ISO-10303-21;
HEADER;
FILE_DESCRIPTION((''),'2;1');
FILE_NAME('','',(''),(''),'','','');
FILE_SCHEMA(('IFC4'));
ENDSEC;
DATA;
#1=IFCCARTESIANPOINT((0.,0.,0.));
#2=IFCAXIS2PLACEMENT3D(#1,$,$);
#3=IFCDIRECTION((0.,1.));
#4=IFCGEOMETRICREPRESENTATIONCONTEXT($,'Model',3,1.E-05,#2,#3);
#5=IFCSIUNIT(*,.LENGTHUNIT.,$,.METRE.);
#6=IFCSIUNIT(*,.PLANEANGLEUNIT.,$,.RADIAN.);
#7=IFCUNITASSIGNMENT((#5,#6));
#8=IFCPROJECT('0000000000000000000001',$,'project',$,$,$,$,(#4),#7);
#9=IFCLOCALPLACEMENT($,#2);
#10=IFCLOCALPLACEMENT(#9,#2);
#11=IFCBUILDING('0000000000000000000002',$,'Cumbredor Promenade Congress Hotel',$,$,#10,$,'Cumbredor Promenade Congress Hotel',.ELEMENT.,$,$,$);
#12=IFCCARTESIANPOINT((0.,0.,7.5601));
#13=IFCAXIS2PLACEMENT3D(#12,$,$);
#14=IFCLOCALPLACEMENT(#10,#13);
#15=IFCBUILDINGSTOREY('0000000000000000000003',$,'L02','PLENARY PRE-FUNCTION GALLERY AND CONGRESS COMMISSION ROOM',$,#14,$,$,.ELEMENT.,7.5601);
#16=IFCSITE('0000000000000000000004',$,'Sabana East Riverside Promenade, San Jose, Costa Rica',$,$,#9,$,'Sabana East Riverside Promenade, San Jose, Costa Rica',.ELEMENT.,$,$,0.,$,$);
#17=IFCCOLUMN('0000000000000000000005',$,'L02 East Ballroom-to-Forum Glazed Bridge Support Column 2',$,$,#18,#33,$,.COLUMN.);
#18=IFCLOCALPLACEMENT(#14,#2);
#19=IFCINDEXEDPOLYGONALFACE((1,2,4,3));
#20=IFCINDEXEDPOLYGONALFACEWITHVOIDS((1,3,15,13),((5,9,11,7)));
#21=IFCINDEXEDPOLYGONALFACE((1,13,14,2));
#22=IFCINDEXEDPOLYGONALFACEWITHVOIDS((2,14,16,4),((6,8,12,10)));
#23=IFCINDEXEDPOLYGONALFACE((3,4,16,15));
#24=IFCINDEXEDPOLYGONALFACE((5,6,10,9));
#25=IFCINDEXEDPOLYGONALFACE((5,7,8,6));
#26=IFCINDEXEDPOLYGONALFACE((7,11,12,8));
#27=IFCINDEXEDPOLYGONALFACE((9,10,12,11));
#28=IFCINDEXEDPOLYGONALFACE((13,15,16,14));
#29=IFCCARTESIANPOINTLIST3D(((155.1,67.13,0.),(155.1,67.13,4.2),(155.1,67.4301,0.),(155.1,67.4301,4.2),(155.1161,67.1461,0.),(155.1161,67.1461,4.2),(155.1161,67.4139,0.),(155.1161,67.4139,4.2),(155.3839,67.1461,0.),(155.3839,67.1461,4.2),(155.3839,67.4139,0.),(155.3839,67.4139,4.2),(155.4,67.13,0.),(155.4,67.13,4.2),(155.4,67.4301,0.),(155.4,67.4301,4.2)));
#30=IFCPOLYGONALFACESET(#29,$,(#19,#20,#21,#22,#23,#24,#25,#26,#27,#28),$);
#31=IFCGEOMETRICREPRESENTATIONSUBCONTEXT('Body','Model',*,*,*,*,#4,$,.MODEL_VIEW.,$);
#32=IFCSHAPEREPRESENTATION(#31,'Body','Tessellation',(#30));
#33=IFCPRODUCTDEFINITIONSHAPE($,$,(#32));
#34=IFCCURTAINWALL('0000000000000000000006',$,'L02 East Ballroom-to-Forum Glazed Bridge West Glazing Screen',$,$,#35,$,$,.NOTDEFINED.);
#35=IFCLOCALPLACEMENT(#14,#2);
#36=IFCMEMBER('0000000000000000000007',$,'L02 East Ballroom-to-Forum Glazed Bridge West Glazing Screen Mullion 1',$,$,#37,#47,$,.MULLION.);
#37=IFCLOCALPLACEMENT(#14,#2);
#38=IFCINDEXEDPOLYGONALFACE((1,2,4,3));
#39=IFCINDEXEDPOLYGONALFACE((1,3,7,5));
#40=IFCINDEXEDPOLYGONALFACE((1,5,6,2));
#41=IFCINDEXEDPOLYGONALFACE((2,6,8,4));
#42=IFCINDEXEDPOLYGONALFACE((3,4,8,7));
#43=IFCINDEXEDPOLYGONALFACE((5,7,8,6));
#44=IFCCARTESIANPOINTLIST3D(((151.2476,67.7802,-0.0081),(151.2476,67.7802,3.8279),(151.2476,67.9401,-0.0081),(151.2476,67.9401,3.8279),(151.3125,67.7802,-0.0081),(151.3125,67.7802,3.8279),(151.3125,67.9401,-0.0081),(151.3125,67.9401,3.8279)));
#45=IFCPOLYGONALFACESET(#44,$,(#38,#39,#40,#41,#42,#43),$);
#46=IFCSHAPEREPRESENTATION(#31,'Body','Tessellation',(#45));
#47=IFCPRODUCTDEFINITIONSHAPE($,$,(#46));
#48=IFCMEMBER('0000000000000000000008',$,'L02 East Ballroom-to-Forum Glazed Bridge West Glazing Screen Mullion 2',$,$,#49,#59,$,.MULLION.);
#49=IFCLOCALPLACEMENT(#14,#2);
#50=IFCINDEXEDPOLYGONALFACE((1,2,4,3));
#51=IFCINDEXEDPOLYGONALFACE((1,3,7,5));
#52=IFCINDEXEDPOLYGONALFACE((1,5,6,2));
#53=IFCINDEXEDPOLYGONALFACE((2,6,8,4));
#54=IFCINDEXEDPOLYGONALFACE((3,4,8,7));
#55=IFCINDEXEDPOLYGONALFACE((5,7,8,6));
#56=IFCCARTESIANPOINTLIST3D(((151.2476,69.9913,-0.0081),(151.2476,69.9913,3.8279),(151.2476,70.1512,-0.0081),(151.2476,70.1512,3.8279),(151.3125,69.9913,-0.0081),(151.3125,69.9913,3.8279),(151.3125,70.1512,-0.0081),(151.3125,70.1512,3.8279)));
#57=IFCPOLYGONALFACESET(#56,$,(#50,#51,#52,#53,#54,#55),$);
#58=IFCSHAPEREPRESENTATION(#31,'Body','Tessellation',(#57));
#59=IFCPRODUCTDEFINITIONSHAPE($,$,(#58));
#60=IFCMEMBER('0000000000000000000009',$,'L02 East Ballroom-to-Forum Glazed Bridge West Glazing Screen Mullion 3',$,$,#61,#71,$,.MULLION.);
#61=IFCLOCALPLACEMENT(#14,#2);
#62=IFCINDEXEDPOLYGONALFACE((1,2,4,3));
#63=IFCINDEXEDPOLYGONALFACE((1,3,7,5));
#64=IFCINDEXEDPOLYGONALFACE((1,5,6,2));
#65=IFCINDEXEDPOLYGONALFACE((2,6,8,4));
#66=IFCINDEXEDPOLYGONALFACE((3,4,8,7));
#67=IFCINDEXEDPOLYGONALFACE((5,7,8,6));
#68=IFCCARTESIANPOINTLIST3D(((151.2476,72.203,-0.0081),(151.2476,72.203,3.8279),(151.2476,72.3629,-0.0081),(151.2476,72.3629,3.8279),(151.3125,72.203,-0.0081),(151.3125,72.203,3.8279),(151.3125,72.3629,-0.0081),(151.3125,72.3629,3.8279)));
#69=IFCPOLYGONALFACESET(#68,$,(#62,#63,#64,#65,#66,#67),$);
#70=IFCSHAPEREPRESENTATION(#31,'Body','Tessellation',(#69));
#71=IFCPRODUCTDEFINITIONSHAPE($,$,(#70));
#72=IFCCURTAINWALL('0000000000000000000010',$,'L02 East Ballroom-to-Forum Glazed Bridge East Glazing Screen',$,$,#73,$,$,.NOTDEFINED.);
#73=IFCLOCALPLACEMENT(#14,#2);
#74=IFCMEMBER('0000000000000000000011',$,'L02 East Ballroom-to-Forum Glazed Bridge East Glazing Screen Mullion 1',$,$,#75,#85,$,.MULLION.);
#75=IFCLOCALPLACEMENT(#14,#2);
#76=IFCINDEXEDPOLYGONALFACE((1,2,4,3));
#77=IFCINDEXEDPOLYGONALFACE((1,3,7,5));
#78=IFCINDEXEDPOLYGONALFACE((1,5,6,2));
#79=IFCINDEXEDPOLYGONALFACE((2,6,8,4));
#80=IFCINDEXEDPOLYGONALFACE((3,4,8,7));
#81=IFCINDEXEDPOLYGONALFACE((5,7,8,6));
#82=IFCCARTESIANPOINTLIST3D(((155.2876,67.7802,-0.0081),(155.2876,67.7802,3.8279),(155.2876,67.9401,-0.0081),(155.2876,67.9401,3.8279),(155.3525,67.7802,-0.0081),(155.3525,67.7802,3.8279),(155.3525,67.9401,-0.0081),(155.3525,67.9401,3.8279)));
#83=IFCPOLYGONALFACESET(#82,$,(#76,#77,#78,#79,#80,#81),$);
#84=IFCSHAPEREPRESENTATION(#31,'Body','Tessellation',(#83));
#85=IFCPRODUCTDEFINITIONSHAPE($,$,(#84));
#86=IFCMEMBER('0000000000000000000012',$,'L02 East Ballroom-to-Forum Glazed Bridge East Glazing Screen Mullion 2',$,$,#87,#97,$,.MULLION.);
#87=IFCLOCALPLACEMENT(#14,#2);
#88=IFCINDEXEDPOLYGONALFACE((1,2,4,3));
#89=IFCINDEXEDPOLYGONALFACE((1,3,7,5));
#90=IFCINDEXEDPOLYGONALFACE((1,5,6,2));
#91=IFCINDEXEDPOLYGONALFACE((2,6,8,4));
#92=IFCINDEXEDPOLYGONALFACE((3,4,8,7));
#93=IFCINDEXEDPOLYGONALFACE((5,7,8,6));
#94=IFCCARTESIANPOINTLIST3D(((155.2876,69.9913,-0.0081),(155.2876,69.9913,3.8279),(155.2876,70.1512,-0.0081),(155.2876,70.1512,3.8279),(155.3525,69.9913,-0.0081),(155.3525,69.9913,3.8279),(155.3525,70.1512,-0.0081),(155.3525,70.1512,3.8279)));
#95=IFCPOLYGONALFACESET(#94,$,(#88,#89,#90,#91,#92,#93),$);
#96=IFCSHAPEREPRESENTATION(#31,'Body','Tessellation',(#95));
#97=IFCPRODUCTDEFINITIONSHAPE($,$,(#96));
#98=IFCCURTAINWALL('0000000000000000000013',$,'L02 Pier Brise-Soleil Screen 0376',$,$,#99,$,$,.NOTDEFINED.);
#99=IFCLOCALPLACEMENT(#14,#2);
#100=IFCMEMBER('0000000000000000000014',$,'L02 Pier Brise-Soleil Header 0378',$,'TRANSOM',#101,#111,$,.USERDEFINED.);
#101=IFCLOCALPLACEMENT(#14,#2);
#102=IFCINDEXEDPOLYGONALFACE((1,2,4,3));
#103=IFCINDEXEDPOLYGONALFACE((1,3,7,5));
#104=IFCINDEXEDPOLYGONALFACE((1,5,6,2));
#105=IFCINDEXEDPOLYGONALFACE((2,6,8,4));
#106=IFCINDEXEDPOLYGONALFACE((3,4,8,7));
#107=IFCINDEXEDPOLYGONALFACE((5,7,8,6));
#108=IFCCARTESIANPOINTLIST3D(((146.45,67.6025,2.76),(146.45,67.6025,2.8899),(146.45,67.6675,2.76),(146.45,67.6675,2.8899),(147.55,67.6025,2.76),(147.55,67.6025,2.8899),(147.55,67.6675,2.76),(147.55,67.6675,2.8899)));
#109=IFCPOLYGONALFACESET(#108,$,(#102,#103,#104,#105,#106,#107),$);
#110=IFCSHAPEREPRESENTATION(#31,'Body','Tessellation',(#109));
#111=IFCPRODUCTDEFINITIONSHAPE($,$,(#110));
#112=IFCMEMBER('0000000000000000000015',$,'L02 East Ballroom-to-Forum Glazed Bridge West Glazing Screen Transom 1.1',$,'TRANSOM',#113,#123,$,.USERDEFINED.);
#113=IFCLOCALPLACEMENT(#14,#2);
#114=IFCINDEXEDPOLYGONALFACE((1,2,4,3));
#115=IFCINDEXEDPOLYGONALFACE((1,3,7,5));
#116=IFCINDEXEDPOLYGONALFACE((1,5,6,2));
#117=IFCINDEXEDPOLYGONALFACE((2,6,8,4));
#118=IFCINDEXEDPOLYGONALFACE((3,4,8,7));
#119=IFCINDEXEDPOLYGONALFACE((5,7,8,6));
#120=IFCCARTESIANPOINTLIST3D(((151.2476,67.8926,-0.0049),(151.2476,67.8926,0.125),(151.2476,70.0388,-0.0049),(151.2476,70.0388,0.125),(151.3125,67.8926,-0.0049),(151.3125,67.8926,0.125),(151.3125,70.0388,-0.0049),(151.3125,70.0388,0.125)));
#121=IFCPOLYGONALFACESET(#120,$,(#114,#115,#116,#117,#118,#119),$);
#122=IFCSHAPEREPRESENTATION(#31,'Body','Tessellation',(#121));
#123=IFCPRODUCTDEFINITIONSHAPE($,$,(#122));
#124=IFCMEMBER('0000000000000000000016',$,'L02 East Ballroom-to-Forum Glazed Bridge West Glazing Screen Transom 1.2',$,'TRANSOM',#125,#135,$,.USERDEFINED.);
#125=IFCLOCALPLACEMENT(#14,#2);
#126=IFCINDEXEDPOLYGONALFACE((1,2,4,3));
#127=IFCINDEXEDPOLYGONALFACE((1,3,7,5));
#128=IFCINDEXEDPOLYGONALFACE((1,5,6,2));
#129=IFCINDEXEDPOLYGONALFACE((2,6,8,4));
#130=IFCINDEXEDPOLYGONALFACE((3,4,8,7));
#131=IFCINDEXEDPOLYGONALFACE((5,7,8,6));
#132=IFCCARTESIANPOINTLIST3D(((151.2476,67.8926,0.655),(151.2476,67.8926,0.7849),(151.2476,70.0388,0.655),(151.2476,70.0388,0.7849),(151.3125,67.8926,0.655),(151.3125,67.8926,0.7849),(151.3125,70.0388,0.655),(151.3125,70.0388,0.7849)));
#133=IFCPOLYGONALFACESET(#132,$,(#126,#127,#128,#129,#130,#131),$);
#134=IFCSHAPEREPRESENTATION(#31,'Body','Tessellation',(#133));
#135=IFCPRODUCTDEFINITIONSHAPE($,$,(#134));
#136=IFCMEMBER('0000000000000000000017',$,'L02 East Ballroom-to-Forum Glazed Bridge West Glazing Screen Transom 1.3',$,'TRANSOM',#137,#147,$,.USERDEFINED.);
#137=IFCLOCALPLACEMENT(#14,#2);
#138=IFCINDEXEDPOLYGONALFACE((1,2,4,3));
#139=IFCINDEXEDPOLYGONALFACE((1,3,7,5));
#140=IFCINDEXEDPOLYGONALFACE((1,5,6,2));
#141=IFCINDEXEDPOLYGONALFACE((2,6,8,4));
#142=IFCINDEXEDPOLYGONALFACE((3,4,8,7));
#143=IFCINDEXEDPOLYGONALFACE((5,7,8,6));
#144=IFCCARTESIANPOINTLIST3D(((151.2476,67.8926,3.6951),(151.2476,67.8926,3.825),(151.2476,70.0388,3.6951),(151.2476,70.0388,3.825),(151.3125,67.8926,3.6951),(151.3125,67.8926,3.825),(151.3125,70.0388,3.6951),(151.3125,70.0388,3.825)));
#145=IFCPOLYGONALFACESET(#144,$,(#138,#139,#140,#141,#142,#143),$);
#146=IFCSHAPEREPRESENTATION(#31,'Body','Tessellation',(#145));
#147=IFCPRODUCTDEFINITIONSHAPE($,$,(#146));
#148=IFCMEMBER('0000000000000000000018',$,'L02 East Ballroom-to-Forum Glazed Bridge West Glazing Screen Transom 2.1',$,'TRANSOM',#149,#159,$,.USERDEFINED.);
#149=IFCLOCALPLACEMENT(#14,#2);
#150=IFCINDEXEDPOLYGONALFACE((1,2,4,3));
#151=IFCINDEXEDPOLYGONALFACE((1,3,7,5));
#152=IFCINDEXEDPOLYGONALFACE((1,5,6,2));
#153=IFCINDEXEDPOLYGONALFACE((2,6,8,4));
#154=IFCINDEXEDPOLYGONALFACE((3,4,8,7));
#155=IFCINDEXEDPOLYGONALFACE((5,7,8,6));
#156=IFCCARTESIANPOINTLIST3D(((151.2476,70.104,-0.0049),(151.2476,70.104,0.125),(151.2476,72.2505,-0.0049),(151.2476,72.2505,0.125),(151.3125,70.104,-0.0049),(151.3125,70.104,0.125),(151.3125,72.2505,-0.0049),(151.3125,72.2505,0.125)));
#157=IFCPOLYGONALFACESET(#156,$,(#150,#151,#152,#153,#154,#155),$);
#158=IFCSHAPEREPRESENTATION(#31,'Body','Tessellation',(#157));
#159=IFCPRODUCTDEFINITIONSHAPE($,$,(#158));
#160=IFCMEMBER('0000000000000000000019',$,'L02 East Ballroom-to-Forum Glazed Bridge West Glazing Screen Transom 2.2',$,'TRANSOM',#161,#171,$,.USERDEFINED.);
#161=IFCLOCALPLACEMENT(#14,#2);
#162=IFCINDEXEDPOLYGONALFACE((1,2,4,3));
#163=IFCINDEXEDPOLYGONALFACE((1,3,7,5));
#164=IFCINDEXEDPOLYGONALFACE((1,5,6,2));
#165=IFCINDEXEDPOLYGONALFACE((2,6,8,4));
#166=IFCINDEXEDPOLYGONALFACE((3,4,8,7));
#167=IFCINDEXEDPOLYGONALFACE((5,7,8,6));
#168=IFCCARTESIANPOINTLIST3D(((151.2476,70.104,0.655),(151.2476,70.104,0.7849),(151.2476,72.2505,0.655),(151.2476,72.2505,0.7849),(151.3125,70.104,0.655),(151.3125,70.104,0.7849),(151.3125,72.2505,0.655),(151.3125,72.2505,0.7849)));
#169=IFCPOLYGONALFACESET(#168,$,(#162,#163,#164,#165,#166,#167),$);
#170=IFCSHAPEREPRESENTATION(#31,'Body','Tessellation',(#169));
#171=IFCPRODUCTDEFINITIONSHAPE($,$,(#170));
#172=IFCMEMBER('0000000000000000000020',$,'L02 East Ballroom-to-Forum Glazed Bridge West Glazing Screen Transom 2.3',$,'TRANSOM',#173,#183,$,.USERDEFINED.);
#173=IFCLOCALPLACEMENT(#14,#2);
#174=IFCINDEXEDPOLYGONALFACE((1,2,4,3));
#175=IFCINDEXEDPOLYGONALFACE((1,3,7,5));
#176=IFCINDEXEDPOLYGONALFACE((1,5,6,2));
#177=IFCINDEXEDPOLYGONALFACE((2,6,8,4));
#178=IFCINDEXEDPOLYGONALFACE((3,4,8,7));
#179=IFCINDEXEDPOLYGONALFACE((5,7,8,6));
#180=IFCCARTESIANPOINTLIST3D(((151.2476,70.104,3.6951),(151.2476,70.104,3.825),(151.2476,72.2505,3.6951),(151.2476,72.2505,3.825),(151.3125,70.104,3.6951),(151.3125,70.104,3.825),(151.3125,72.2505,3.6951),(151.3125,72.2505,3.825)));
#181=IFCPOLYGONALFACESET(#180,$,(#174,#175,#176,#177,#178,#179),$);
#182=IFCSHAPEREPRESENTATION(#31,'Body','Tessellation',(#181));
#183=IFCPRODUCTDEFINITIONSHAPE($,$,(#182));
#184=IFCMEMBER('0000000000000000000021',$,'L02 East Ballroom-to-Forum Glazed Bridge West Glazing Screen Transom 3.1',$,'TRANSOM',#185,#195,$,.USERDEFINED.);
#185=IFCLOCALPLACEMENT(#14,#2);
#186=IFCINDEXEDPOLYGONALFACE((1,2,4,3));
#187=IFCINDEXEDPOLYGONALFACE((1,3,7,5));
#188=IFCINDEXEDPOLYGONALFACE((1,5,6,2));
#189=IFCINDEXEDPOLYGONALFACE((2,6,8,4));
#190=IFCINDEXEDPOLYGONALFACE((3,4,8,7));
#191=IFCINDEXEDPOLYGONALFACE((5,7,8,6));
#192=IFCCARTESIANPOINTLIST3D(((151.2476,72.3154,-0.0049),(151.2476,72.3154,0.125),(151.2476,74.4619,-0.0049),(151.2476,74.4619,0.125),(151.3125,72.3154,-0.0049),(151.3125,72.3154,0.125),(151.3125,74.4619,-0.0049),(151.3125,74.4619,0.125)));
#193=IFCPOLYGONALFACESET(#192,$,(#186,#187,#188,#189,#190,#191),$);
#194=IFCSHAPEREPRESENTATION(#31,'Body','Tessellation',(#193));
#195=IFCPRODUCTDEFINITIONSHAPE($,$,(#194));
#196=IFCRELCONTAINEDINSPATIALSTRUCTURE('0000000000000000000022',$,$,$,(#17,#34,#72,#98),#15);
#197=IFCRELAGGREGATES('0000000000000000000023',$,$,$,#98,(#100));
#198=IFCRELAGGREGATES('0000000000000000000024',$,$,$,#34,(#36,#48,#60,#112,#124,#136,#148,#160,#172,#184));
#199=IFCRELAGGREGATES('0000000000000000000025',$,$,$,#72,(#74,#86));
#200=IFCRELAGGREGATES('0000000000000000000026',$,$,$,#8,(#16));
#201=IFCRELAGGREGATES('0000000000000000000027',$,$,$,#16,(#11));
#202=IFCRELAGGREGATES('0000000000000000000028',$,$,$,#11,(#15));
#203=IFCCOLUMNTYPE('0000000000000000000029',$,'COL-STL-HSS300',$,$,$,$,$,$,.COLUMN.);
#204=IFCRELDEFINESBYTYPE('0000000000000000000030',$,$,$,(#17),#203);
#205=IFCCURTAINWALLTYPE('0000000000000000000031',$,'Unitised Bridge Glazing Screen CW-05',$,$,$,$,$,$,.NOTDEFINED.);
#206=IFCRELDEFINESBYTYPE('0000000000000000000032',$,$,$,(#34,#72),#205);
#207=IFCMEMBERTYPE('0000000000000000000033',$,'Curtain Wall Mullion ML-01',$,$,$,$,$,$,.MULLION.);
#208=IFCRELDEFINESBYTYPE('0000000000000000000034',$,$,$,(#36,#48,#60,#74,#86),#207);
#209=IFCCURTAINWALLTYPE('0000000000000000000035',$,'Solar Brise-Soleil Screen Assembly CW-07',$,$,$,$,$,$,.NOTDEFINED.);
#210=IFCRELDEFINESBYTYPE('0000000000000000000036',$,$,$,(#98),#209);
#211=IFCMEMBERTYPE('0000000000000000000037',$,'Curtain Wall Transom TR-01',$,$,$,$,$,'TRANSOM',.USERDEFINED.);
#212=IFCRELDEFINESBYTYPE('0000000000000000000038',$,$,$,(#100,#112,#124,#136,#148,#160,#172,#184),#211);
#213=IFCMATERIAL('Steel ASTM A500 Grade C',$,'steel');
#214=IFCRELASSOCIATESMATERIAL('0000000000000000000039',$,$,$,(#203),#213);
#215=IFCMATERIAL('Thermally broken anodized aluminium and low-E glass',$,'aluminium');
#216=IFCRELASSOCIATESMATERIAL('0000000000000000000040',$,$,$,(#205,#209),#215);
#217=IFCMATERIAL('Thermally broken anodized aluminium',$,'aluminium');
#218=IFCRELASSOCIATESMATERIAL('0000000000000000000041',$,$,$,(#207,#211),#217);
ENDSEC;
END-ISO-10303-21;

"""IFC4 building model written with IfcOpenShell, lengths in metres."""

from ifc_helpers import new_model, si_unit, direction, frame, origin, origin_2d, place, context, subcontext, project, spatial, rectangle, hollow_rectangle, extrude, material, material_profile, profile_set, type_object, element, aggregate, save


model = new_model("IFC4")

# Units and contexts
model_context = context("Model", 3, precision=1e-05, world=origin(), true_north=direction((0.0, 1.0)))
body_context = subcontext(model_context, "Body", "Model", "MODEL_VIEW")
ifc_project = project(units=[si_unit("LENGTHUNIT", "METRE"), si_unit("PLANEANGLEUNIT", "RADIAN")], contexts=[model_context])

# Site, building, storey
site_placement = place(None, origin())
site = spatial("IfcSite", under=ifc_project, at=site_placement, Name="Sabana East Riverside Promenade, San Jose, Costa Rica", LongName="Sabana East Riverside Promenade, San Jose, Costa Rica", CompositionType="ELEMENT", RefElevation=0.0)
building_placement = place(site_placement, origin())
building = spatial("IfcBuilding", under=site, at=building_placement, Name="Cumbredor Promenade Congress Hotel", LongName="Cumbredor Promenade Congress Hotel", CompositionType="ELEMENT")
storey_placement = place(building_placement, frame((0.0, 0.0, 7.5601)))
storey = spatial("IfcBuildingStorey", under=building, at=storey_placement, Name="L02", Description="PLENARY PRE-FUNCTION GALLERY AND CONGRESS COMMISSION ROOM", CompositionType="ELEMENT", Elevation=7.5601)

# Column
ifc_material_1 = material(Name="Steel ASTM A500 Grade C", Category="steel")
ifc_material_profile_1 = material_profile(ifc_material_1, hollow_rectangle(XDim=0.3, YDim=0.3, WallThickness=0.0161, at=origin_2d()), Name="HSS 300x300x16")
ifc_profile_set_1 = profile_set([ifc_material_profile_1], Name="Steel ASTM A500 Grade C")
column_type = type_object("IfcColumnType", Name="COL-STL-HSS300", PredefinedType="COLUMN", material=ifc_profile_set_1)
column_placement = place(storey_placement, frame((155.25, 67.28, 0.0), z_axis=(0.0, 0.0, 1.0), x_axis=(1.0, 0.0, 0.0)))
element("IfcColumn", 1, at=column_placement, inside=storey, type_object=column_type, Name="L02 East Ballroom-to-Forum Glazed Bridge Support Column 2", PredefinedType="COLUMN", context=body_context, shape_type="SweptSolid", body=[
    extrude(hollow_rectangle(XDim=0.3, YDim=0.3, WallThickness=0.0161, at=origin_2d()), origin(), (0.0, 0.0, 1.0), 4.2),
])

# Curtain walls, members
ifc_material_2 = material(Name="Thermally broken anodized aluminium and low-E glass", Category="aluminium")
curtain_wall_type_1 = type_object("IfcCurtainWallType", Name="Unitised Bridge Glazing Screen CW-05", PredefinedType="NOTDEFINED", material=ifc_material_2)
curtain_wall_1_placement = place(storey_placement, origin())
curtain_wall_1 = element("IfcCurtainWall", 2, at=curtain_wall_1_placement, inside=storey, type_object=curtain_wall_type_1, Name="L02 East Ballroom-to-Forum Glazed Bridge West Glazing Screen", PredefinedType="NOTDEFINED")
ifc_material_3 = material(Name="Thermally broken anodized aluminium", Category="aluminium")
ifc_material_profile_2 = material_profile(ifc_material_3, rectangle(XDim=0.0649, YDim=0.1599, at=origin_2d()), Name="ALU MULLION 65x160")
ifc_profile_set_2 = profile_set([ifc_material_profile_2], Name="Thermally broken anodized aluminium")
member_type_1 = type_object("IfcMemberType", Name="Curtain Wall Mullion ML-01", PredefinedType="MULLION", material=ifc_profile_set_2)
member_1_placement = place(storey_placement, frame((151.28, 67.8601, -0.0081), z_axis=(0.0, 0.0, 1.0), x_axis=(1.0, 0.0, 0.0)))
member_1 = element("IfcMember", 3, at=member_1_placement, type_object=member_type_1, Name="L02 East Ballroom-to-Forum Glazed Bridge West Glazing Screen Mullion 1", PredefinedType="MULLION", context=body_context, shape_type="SweptSolid", body=[
    extrude(rectangle(XDim=0.0649, YDim=0.1599, at=origin_2d()), origin(), (0.0, 0.0, 1.0), 3.8359),
])
member_2_placement = place(storey_placement, frame((151.28, 70.0713, -0.0081), z_axis=(0.0, 0.0, 1.0), x_axis=(1.0, 0.0, 0.0)))
member_2 = element("IfcMember", 4, at=member_2_placement, type_object=member_type_1, Name="L02 East Ballroom-to-Forum Glazed Bridge West Glazing Screen Mullion 2", PredefinedType="MULLION", context=body_context, shape_type="SweptSolid", body=[
    extrude(rectangle(XDim=0.0649, YDim=0.1599, at=origin_2d()), origin(), (0.0, 0.0, 1.0), 3.8359),
])
member_3_placement = place(storey_placement, frame((151.28, 72.283, -0.0081), z_axis=(0.0, 0.0, 1.0), x_axis=(1.0, 0.0, 0.0)))
member_3 = element("IfcMember", 5, at=member_3_placement, type_object=member_type_1, Name="L02 East Ballroom-to-Forum Glazed Bridge West Glazing Screen Mullion 3", PredefinedType="MULLION", context=body_context, shape_type="SweptSolid", body=[
    extrude(rectangle(XDim=0.0649, YDim=0.1599, at=origin_2d()), origin(), (0.0, 0.0, 1.0), 3.8359),
])
curtain_wall_2_placement = place(storey_placement, origin())
curtain_wall_2 = element("IfcCurtainWall", 6, at=curtain_wall_2_placement, inside=storey, type_object=curtain_wall_type_1, Name="L02 East Ballroom-to-Forum Glazed Bridge East Glazing Screen", PredefinedType="NOTDEFINED")
member_4_placement = place(storey_placement, frame((155.3201, 67.8601, -0.0081), z_axis=(0.0, 0.0, 1.0), x_axis=(1.0, 0.0, 0.0)))
member_4 = element("IfcMember", 7, at=member_4_placement, type_object=member_type_1, Name="L02 East Ballroom-to-Forum Glazed Bridge East Glazing Screen Mullion 1", PredefinedType="MULLION", context=body_context, shape_type="SweptSolid", body=[
    extrude(rectangle(XDim=0.0649, YDim=0.1599, at=origin_2d()), origin(), (0.0, 0.0, 1.0), 3.8359),
])
member_5_placement = place(storey_placement, frame((155.3201, 70.0713, -0.0081), z_axis=(0.0, 0.0, 1.0), x_axis=(1.0, 0.0, 0.0)))
member_5 = element("IfcMember", 8, at=member_5_placement, type_object=member_type_1, Name="L02 East Ballroom-to-Forum Glazed Bridge East Glazing Screen Mullion 2", PredefinedType="MULLION", context=body_context, shape_type="SweptSolid", body=[
    extrude(rectangle(XDim=0.0649, YDim=0.1599, at=origin_2d()), origin(), (0.0, 0.0, 1.0), 3.8359),
])

# Curtain wall, member
curtain_wall_type_2 = type_object("IfcCurtainWallType", Name="Solar Brise-Soleil Screen Assembly CW-07", PredefinedType="NOTDEFINED", material=ifc_material_2)
curtain_wall_3_placement = place(storey_placement, origin())
curtain_wall_3 = element("IfcCurtainWall", 9, at=curtain_wall_3_placement, inside=storey, type_object=curtain_wall_type_2, Name="L02 Pier Brise-Soleil Screen 0376", PredefinedType="NOTDEFINED")
ifc_material_profile_3 = material_profile(ifc_material_3, rectangle(XDim=0.0649, YDim=0.1299, at=origin_2d()), Name="ALU TRANSOM 65x130")
ifc_profile_set_3 = profile_set([ifc_material_profile_3], Name="Thermally broken anodized aluminium")
member_type_2 = type_object("IfcMemberType", Name="Curtain Wall Transom TR-01", ElementType="TRANSOM", PredefinedType="USERDEFINED", material=ifc_profile_set_3)
member_6_placement = place(storey_placement, frame((146.45, 67.635, 2.825), z_axis=(1.0, 0.0, 0.0), x_axis=(0.0, 1.0, 0.0)))
member_6 = element("IfcMember", 10, at=member_6_placement, type_object=member_type_2, Name="L02 Pier Brise-Soleil Header 0378", ObjectType="TRANSOM", PredefinedType="USERDEFINED", context=body_context, shape_type="SweptSolid", body=[
    extrude(rectangle(XDim=0.0649, YDim=0.1299, at=origin_2d()), origin(), (0.0, 0.0, 1.0), 1.1001),
])

# Members
member_7_placement = place(storey_placement, frame((151.28, 67.8926, 0.0601), z_axis=(0.0, 1.0, 0.0), x_axis=(-1.0, 0.0, 0.0)))
member_7 = element("IfcMember", 11, at=member_7_placement, type_object=member_type_2, Name="L02 East Ballroom-to-Forum Glazed Bridge West Glazing Screen Transom 1.1", ObjectType="TRANSOM", PredefinedType="USERDEFINED", context=body_context, shape_type="SweptSolid", body=[
    extrude(rectangle(XDim=0.0649, YDim=0.1299, at=origin_2d()), origin(), (0.0, 0.0, 1.0), 2.1462),
])
member_8_placement = place(storey_placement, frame((151.28, 67.8926, 0.72), z_axis=(0.0, 1.0, 0.0), x_axis=(-1.0, 0.0, 0.0)))
member_8 = element("IfcMember", 12, at=member_8_placement, type_object=member_type_2, Name="L02 East Ballroom-to-Forum Glazed Bridge West Glazing Screen Transom 1.2", ObjectType="TRANSOM", PredefinedType="USERDEFINED", context=body_context, shape_type="SweptSolid", body=[
    extrude(rectangle(XDim=0.0649, YDim=0.1299, at=origin_2d()), origin(), (0.0, 0.0, 1.0), 2.1462),
])
member_9_placement = place(storey_placement, frame((151.28, 67.8926, 3.76), z_axis=(0.0, 1.0, 0.0), x_axis=(-1.0, 0.0, 0.0)))
member_9 = element("IfcMember", 13, at=member_9_placement, type_object=member_type_2, Name="L02 East Ballroom-to-Forum Glazed Bridge West Glazing Screen Transom 1.3", ObjectType="TRANSOM", PredefinedType="USERDEFINED", context=body_context, shape_type="SweptSolid", body=[
    extrude(rectangle(XDim=0.0649, YDim=0.1299, at=origin_2d()), origin(), (0.0, 0.0, 1.0), 2.1462),
])
member_10_placement = place(storey_placement, frame((151.28, 70.104, 0.0601), z_axis=(0.0, 1.0, 0.0), x_axis=(-1.0, 0.0, 0.0)))
member_10 = element("IfcMember", 14, at=member_10_placement, type_object=member_type_2, Name="L02 East Ballroom-to-Forum Glazed Bridge West Glazing Screen Transom 2.1", ObjectType="TRANSOM", PredefinedType="USERDEFINED", context=body_context, shape_type="SweptSolid", body=[
    extrude(rectangle(XDim=0.0649, YDim=0.1299, at=origin_2d()), origin(), (0.0, 0.0, 1.0), 2.1465),
])
member_11_placement = place(storey_placement, frame((151.28, 70.104, 0.72), z_axis=(0.0, 1.0, 0.0), x_axis=(-1.0, 0.0, 0.0)))
member_11 = element("IfcMember", 15, at=member_11_placement, type_object=member_type_2, Name="L02 East Ballroom-to-Forum Glazed Bridge West Glazing Screen Transom 2.2", ObjectType="TRANSOM", PredefinedType="USERDEFINED", context=body_context, shape_type="SweptSolid", body=[
    extrude(rectangle(XDim=0.0649, YDim=0.1299, at=origin_2d()), origin(), (0.0, 0.0, 1.0), 2.1465),
])
member_12_placement = place(storey_placement, frame((151.28, 70.104, 3.76), z_axis=(0.0, 1.0, 0.0), x_axis=(-1.0, 0.0, 0.0)))
member_12 = element("IfcMember", 16, at=member_12_placement, type_object=member_type_2, Name="L02 East Ballroom-to-Forum Glazed Bridge West Glazing Screen Transom 2.3", ObjectType="TRANSOM", PredefinedType="USERDEFINED", context=body_context, shape_type="SweptSolid", body=[
    extrude(rectangle(XDim=0.0649, YDim=0.1299, at=origin_2d()), origin(), (0.0, 0.0, 1.0), 2.1465),
])
member_13_placement = place(storey_placement, frame((151.28, 72.3154, 0.0601), z_axis=(0.0, 1.0, 0.0), x_axis=(-1.0, 0.0, 0.0)))
member_13 = element("IfcMember", 17, at=member_13_placement, type_object=member_type_2, Name="L02 East Ballroom-to-Forum Glazed Bridge West Glazing Screen Transom 3.1", ObjectType="TRANSOM", PredefinedType="USERDEFINED", context=body_context, shape_type="SweptSolid", body=[
    extrude(rectangle(XDim=0.0649, YDim=0.1299, at=origin_2d()), origin(), (0.0, 0.0, 1.0), 2.1465),
])
aggregate(curtain_wall_3, [member_6])

aggregate(curtain_wall_1, [member_1, member_2, member_3, member_7, member_8, member_9, member_10, member_11, member_12, member_13])
aggregate(curtain_wall_2, [member_4, member_5])

save(model, "model.ifc")
